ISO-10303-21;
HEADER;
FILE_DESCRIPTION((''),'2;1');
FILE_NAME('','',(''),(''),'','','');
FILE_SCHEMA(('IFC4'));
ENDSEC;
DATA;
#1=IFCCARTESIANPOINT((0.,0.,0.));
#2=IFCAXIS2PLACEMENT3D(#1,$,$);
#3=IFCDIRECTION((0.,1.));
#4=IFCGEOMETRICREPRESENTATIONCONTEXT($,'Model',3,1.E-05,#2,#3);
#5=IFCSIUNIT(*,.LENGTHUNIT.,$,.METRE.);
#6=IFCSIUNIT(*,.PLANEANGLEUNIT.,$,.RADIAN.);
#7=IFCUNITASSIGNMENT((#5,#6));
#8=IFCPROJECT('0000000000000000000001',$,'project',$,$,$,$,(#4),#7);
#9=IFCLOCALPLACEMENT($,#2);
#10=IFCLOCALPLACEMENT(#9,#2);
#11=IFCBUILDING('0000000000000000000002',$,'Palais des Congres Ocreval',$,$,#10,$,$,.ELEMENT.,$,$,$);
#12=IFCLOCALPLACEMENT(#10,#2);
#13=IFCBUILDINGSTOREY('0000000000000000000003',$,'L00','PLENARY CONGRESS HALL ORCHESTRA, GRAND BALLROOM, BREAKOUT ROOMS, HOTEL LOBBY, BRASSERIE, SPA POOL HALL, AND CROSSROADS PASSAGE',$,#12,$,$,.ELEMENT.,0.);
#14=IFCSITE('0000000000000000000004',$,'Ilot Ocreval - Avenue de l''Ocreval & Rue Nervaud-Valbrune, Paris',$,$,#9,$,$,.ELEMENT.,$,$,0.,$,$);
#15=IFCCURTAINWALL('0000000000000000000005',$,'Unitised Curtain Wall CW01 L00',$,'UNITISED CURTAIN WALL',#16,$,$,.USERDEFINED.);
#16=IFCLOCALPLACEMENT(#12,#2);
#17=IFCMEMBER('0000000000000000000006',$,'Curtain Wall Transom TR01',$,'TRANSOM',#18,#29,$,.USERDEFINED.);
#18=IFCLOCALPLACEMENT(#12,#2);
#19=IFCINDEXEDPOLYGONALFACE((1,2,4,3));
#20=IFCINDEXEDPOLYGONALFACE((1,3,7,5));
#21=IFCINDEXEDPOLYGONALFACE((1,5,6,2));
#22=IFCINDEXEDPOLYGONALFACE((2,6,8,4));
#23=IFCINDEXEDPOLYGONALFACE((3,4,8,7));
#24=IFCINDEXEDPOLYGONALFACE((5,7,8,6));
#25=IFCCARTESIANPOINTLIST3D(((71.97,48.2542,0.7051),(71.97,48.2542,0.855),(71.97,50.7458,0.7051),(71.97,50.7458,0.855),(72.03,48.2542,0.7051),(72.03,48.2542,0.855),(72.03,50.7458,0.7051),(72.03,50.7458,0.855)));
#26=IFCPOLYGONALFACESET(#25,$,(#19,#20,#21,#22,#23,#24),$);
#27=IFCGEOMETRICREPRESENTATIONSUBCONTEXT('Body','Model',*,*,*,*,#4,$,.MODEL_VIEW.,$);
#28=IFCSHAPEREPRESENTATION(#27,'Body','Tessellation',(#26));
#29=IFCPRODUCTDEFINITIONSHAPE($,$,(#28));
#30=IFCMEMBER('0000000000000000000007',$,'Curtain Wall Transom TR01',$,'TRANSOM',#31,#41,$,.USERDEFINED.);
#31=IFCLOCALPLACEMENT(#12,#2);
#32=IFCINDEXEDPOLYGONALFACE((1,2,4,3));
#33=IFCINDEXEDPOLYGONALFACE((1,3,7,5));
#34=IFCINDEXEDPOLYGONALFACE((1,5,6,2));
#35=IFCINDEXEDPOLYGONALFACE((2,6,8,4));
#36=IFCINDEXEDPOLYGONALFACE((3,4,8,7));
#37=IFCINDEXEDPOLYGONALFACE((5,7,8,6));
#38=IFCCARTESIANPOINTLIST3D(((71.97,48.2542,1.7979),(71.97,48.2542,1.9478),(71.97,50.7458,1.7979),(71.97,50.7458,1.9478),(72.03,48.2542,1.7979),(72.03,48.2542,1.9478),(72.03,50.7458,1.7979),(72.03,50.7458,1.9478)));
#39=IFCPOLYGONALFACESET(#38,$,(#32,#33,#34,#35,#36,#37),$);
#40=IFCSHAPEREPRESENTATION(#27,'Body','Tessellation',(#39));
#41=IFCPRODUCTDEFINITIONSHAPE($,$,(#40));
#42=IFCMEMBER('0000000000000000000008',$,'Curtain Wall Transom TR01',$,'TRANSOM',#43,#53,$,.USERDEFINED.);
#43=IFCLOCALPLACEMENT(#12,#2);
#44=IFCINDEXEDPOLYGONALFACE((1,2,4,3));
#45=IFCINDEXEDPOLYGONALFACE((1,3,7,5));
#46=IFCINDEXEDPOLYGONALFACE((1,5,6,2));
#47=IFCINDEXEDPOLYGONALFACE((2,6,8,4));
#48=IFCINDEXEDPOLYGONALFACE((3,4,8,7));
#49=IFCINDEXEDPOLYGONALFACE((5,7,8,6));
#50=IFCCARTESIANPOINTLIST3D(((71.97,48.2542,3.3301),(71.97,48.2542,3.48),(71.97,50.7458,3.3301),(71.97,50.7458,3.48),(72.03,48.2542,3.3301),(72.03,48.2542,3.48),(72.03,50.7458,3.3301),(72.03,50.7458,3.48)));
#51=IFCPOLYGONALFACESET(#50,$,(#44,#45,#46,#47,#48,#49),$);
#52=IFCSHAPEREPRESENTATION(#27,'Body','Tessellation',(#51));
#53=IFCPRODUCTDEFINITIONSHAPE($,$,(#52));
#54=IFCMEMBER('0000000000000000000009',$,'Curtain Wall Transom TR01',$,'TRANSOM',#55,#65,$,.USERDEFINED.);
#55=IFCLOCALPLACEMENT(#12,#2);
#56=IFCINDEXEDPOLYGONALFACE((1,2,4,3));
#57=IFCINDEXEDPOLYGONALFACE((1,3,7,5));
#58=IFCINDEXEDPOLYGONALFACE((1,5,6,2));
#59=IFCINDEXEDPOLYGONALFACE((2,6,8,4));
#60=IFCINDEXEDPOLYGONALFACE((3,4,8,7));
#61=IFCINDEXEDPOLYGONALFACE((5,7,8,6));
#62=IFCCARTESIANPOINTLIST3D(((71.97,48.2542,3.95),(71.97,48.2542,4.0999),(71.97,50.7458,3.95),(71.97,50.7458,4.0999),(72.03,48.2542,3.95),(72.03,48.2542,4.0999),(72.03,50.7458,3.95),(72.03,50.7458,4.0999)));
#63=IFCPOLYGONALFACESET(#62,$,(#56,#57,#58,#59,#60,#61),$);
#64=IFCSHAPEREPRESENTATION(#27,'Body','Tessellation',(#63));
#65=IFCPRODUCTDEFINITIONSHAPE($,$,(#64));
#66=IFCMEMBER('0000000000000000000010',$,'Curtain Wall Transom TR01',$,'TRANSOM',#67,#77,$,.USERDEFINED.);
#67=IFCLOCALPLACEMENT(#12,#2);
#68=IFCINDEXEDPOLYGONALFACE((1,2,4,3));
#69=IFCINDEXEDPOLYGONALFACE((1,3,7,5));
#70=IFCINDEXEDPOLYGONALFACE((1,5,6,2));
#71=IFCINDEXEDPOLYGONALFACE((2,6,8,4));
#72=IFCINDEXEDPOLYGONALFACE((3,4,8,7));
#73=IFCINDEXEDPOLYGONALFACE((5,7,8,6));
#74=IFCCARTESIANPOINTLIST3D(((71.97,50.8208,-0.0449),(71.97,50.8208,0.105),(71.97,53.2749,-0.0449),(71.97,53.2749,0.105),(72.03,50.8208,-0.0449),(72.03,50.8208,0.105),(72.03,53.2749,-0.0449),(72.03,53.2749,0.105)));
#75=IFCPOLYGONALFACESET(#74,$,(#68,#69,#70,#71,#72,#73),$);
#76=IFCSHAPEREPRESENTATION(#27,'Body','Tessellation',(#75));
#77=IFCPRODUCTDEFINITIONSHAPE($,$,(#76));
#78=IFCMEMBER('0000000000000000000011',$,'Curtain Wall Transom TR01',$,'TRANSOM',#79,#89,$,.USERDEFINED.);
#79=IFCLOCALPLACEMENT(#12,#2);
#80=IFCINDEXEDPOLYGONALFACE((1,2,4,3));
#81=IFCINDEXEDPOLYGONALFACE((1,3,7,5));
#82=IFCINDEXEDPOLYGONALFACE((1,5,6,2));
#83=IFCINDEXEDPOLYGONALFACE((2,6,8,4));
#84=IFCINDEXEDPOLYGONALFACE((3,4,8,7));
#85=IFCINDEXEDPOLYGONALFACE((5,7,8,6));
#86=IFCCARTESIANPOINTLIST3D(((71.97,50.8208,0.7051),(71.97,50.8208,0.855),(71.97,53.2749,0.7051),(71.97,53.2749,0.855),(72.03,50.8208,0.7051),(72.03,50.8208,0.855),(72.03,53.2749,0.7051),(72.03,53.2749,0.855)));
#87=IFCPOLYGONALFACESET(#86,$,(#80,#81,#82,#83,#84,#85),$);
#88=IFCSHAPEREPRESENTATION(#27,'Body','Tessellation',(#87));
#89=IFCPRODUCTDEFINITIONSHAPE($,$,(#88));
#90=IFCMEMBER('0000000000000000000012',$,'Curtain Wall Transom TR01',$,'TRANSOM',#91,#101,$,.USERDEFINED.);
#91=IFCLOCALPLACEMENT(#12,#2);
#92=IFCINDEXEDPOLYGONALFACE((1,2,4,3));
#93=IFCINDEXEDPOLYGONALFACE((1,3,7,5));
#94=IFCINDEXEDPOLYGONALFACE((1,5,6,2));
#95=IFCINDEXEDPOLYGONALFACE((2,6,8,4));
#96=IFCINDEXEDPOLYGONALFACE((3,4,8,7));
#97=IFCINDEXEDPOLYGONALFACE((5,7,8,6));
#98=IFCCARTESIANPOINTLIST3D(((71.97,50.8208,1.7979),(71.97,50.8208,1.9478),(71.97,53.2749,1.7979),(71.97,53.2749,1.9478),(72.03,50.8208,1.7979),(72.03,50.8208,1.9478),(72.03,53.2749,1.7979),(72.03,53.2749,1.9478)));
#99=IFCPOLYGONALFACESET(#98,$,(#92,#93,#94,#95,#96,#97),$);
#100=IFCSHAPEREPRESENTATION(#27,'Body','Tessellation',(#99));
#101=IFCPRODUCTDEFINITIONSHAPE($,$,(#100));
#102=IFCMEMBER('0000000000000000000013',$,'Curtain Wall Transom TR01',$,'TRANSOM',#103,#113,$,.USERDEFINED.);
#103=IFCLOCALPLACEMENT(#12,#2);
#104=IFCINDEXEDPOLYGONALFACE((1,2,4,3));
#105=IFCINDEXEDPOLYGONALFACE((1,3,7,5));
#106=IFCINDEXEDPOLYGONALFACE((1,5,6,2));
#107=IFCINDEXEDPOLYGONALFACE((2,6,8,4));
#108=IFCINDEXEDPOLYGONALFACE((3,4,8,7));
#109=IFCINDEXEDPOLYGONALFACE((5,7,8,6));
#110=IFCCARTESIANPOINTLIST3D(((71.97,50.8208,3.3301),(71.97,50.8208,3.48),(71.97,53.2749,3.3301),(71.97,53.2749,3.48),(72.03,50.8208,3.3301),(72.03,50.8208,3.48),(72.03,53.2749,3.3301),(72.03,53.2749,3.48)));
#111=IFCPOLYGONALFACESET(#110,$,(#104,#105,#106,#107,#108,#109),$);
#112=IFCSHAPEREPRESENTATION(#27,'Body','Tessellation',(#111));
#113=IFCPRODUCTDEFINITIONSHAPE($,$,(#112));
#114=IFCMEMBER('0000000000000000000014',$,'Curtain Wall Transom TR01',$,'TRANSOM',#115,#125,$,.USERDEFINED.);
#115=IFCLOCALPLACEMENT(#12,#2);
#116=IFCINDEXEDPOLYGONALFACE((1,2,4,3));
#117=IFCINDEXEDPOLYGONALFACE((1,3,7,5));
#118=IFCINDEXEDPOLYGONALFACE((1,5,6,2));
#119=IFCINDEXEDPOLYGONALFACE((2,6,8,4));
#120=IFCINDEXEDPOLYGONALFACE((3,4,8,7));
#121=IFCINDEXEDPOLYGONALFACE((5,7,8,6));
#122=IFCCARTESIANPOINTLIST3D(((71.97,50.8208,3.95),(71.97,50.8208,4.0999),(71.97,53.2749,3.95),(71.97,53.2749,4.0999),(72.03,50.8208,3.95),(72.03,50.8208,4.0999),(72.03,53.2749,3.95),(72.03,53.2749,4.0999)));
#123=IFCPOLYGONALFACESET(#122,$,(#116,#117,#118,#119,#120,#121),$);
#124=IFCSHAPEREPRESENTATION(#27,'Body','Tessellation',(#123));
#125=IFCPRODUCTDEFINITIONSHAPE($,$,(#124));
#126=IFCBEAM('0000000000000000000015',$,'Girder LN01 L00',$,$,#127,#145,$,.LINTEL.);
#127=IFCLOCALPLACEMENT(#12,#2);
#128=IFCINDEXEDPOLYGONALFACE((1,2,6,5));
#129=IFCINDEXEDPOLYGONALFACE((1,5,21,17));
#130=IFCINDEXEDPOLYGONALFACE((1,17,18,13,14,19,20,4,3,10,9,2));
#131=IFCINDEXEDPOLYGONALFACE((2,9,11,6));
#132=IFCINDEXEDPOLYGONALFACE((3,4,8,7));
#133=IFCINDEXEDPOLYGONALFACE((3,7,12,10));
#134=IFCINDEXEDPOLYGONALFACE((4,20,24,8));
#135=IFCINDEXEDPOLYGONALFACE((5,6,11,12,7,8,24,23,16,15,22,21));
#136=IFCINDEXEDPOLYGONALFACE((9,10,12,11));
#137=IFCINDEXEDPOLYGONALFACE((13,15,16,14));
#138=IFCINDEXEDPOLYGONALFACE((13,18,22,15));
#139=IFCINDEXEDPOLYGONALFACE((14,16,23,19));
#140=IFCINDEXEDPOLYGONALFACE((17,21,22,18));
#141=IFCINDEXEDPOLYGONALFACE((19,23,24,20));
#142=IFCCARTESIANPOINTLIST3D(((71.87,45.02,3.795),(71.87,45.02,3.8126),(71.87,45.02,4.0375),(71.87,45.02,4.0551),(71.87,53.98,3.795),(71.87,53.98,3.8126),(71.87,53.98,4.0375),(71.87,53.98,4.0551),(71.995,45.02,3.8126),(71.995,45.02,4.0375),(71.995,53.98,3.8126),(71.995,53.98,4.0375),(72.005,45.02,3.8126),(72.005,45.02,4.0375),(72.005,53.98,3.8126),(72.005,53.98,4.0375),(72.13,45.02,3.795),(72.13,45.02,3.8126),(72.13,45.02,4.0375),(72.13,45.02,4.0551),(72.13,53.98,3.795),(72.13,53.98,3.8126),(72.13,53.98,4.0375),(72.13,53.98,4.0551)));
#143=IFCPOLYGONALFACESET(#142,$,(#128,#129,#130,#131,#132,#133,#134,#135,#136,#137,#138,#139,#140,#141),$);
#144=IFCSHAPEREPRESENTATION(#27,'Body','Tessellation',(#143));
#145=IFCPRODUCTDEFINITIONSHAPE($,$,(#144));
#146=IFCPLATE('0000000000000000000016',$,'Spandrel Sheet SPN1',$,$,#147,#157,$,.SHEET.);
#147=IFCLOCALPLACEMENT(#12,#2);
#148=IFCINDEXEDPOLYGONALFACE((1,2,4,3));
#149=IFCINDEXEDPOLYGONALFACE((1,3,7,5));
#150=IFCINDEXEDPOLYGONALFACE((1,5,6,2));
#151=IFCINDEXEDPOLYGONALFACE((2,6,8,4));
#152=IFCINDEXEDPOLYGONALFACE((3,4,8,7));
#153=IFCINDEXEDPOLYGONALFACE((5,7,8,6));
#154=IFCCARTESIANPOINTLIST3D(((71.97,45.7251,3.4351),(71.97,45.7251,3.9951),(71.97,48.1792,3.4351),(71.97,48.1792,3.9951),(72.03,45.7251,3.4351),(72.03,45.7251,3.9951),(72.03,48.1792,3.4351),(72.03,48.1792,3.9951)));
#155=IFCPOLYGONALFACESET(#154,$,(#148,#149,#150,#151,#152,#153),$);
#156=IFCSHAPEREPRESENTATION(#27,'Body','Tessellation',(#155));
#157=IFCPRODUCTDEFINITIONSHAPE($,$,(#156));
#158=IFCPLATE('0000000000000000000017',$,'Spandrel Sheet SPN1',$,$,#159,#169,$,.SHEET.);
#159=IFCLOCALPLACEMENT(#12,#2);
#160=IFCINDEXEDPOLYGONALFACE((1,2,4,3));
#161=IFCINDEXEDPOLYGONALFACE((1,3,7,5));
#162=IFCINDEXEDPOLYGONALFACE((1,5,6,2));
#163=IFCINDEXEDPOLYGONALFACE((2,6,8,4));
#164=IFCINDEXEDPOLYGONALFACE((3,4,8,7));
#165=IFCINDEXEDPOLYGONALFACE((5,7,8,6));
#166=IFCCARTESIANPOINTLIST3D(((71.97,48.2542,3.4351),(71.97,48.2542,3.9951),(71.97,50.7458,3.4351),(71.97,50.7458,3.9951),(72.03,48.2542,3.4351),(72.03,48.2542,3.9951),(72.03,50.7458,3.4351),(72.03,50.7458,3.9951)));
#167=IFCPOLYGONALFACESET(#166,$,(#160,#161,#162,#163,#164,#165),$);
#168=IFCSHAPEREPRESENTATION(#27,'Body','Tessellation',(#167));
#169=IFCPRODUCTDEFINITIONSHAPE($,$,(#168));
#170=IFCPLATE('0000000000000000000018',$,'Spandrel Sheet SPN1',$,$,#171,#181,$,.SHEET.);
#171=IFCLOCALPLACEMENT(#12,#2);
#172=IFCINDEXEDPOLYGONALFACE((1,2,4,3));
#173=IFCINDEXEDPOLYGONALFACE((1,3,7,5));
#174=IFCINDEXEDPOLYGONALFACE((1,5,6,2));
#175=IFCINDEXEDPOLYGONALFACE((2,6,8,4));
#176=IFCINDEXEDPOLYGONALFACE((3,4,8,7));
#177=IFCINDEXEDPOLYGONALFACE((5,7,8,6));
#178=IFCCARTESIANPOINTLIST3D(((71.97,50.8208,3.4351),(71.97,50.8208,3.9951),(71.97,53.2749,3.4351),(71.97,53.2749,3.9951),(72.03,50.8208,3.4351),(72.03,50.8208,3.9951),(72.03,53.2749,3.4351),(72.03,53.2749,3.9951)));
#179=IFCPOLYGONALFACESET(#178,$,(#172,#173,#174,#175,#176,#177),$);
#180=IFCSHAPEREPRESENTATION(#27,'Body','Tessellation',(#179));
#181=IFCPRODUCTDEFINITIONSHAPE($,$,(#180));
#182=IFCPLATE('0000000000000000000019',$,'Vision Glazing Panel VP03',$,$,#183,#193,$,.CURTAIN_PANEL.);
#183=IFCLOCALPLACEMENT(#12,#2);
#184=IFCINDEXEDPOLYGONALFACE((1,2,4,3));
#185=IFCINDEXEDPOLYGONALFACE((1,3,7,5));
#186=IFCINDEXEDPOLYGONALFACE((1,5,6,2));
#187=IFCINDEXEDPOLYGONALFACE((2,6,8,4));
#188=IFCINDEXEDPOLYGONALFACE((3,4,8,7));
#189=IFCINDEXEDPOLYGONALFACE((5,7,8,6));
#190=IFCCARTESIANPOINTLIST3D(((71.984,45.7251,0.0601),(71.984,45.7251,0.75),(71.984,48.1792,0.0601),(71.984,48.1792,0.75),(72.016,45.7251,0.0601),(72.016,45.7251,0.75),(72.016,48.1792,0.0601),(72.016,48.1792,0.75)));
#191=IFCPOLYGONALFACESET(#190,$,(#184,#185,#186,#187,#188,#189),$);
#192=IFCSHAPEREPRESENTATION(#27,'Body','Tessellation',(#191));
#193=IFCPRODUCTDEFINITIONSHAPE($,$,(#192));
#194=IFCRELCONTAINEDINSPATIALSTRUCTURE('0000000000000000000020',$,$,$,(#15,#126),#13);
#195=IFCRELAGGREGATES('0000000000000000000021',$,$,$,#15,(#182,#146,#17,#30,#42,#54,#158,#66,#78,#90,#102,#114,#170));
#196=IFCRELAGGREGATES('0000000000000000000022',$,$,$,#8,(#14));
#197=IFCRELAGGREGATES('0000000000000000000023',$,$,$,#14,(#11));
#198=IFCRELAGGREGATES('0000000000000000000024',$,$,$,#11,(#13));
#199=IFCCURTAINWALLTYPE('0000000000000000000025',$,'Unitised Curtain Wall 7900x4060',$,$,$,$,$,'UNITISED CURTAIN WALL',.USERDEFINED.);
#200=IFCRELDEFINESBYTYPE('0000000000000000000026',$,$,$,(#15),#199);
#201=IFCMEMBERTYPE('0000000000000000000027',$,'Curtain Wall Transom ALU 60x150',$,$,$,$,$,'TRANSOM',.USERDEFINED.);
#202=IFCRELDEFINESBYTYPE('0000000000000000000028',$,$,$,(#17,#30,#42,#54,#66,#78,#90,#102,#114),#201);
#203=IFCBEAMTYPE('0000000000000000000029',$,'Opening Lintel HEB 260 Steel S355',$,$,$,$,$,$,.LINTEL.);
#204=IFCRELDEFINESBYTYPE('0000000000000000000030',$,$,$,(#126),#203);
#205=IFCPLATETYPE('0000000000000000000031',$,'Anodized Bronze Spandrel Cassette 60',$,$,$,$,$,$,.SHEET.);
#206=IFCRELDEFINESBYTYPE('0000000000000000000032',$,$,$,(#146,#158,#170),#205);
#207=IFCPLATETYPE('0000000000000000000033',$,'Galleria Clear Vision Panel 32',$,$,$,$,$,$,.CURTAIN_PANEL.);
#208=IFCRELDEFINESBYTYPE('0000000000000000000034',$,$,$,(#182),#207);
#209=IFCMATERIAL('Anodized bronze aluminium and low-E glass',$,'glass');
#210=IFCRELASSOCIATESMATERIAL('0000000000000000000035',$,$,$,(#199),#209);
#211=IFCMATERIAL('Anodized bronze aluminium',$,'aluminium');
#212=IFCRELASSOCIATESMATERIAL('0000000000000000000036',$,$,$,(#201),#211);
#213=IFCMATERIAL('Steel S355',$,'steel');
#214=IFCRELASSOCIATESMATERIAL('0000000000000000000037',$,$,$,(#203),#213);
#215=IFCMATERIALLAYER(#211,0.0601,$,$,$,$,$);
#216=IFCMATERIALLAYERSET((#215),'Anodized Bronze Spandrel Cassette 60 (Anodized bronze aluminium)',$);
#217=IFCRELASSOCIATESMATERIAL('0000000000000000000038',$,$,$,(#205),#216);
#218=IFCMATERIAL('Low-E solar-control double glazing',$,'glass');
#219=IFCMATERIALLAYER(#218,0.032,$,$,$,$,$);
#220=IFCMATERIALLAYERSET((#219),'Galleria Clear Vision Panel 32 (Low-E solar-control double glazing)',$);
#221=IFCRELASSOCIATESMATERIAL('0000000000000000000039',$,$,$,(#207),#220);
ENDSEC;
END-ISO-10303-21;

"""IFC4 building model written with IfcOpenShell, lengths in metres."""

from ifc_helpers import new_model, si_unit, direction, frame, origin, origin_2d, place, context, subcontext, project, spatial, rectangle, i_section, extrude, material, layer, layer_set, material_profile, profile_set, type_object, element, aggregate, save


model = new_model("IFC4")

# Units and contexts
model_context = context("Model", 3, precision=1e-05, world=origin(), true_north=direction((0.0, 1.0)))
body_context = subcontext(model_context, "Body", "Model", "MODEL_VIEW")
ifc_project = project(units=[si_unit("LENGTHUNIT", "METRE"), si_unit("PLANEANGLEUNIT", "RADIAN")], contexts=[model_context])

# Site, building, storey
site_placement = place(None, origin())
site = spatial("IfcSite", under=ifc_project, at=site_placement, Name="Ilot Ocreval - Avenue de l'Ocreval & Rue Nervaud-Valbrune, Paris", CompositionType="ELEMENT", RefElevation=0.0)
building_placement = place(site_placement, origin())
building = spatial("IfcBuilding", under=site, at=building_placement, Name="Palais des Congres Ocreval", CompositionType="ELEMENT")
storey_placement = place(building_placement, origin())
storey = spatial("IfcBuildingStorey", under=building, at=storey_placement, Name="L00", Description="PLENARY CONGRESS HALL ORCHESTRA, GRAND BALLROOM, BREAKOUT ROOMS, HOTEL LOBBY, BRASSERIE, SPA POOL HALL, AND CROSSROADS PASSAGE", CompositionType="ELEMENT", Elevation=0.0)

# Shared definitions
ifc_material_1 = material(Name="Steel S355", Category="steel")

# Curtain wall, members
ifc_material_2 = material(Name="Anodized bronze aluminium and low-E glass", Category="glass")
curtain_wall_type = type_object("IfcCurtainWallType", Name="Unitised Curtain Wall 7900x4060", ElementType="UNITISED CURTAIN WALL", PredefinedType="USERDEFINED", material=ifc_material_2)
curtain_wall_placement = place(storey_placement, origin())
curtain_wall = element("IfcCurtainWall", 1, at=curtain_wall_placement, inside=storey, type_object=curtain_wall_type, Name="Unitised Curtain Wall CW01 L00", ObjectType="UNITISED CURTAIN WALL", PredefinedType="USERDEFINED")
ifc_material_3 = material(Name="Anodized bronze aluminium", Category="aluminium")
ifc_material_profile_1 = material_profile(ifc_material_3, rectangle(XDim=0.0601, YDim=0.1499, at=origin_2d()), Name="ALU 60x150")
ifc_profile_set_1 = profile_set([ifc_material_profile_1], Name="Anodized bronze aluminium")
member_type_1 = type_object("IfcMemberType", Name="Curtain Wall Transom ALU 60x150", ElementType="TRANSOM", PredefinedType="USERDEFINED", material=ifc_profile_set_1)
member_1_placement = place(storey_placement, frame((72.0, 48.2542, 0.78), z_axis=(0.0, 1.0, 0.0), x_axis=(-1.0, 0.0, 0.0)))
member_1 = element("IfcMember", 2, at=member_1_placement, type_object=member_type_1, Name="Curtain Wall Transom TR01", ObjectType="TRANSOM", PredefinedType="USERDEFINED", context=body_context, shape_type="SweptSolid", body=[
    extrude(rectangle(XDim=0.0601, YDim=0.1499, at=origin_2d()), origin(), (0.0, 0.0, 1.0), 2.4917),
])
member_2_placement = place(storey_placement, frame((72.0, 48.2542, 1.8728), z_axis=(0.0, 1.0, 0.0), x_axis=(-1.0, 0.0, 0.0)))
member_2 = element("IfcMember", 3, at=member_2_placement, type_object=member_type_1, Name="Curtain Wall Transom TR01", ObjectType="TRANSOM", PredefinedType="USERDEFINED", context=body_context, shape_type="SweptSolid", body=[
    extrude(rectangle(XDim=0.0601, YDim=0.1499, at=origin_2d()), origin(), (0.0, 0.0, 1.0), 2.4917),
])
member_3_placement = place(storey_placement, frame((72.0, 48.2542, 3.405), z_axis=(0.0, 1.0, 0.0), x_axis=(-1.0, 0.0, 0.0)))
member_3 = element("IfcMember", 4, at=member_3_placement, type_object=member_type_1, Name="Curtain Wall Transom TR01", ObjectType="TRANSOM", PredefinedType="USERDEFINED", context=body_context, shape_type="SweptSolid", body=[
    extrude(rectangle(XDim=0.0601, YDim=0.1499, at=origin_2d()), origin(), (0.0, 0.0, 1.0), 2.4917),
])
member_4_placement = place(storey_placement, frame((72.0, 48.2542, 4.0249), z_axis=(0.0, 1.0, 0.0), x_axis=(-1.0, 0.0, 0.0)))
member_4 = element("IfcMember", 5, at=member_4_placement, type_object=member_type_1, Name="Curtain Wall Transom TR01", ObjectType="TRANSOM", PredefinedType="USERDEFINED", context=body_context, shape_type="SweptSolid", body=[
    extrude(rectangle(XDim=0.0601, YDim=0.1499, at=origin_2d()), origin(), (0.0, 0.0, 1.0), 2.4917),
])
member_5_placement = place(storey_placement, frame((72.0, 50.8208, 0.03), z_axis=(0.0, 1.0, 0.0), x_axis=(-1.0, 0.0, 0.0)))
member_5 = element("IfcMember", 6, at=member_5_placement, type_object=member_type_1, Name="Curtain Wall Transom TR01", ObjectType="TRANSOM", PredefinedType="USERDEFINED", context=body_context, shape_type="SweptSolid", body=[
    extrude(rectangle(XDim=0.0601, YDim=0.1499, at=origin_2d()), origin(), (0.0, 0.0, 1.0), 2.4541),
])
member_6_placement = place(storey_placement, frame((72.0, 50.8208, 0.78), z_axis=(0.0, 1.0, 0.0), x_axis=(-1.0, 0.0, 0.0)))
member_6 = element("IfcMember", 7, at=member_6_placement, type_object=member_type_1, Name="Curtain Wall Transom TR01", ObjectType="TRANSOM", PredefinedType="USERDEFINED", context=body_context, shape_type="SweptSolid", body=[
    extrude(rectangle(XDim=0.0601, YDim=0.1499, at=origin_2d()), origin(), (0.0, 0.0, 1.0), 2.4541),
])
member_7_placement = place(storey_placement, frame((72.0, 50.8208, 1.8728), z_axis=(0.0, 1.0, 0.0), x_axis=(-1.0, 0.0, 0.0)))
member_7 = element("IfcMember", 8, at=member_7_placement, type_object=member_type_1, Name="Curtain Wall Transom TR01", ObjectType="TRANSOM", PredefinedType="USERDEFINED", context=body_context, shape_type="SweptSolid", body=[
    extrude(rectangle(XDim=0.0601, YDim=0.1499, at=origin_2d()), origin(), (0.0, 0.0, 1.0), 2.4541),
])
member_8_placement = place(storey_placement, frame((72.0, 50.8208, 3.405), z_axis=(0.0, 1.0, 0.0), x_axis=(-1.0, 0.0, 0.0)))
member_8 = element("IfcMember", 9, at=member_8_placement, type_object=member_type_1, Name="Curtain Wall Transom TR01", ObjectType="TRANSOM", PredefinedType="USERDEFINED", context=body_context, shape_type="SweptSolid", body=[
    extrude(rectangle(XDim=0.0601, YDim=0.1499, at=origin_2d()), origin(), (0.0, 0.0, 1.0), 2.4541),
])
member_9_placement = place(storey_placement, frame((72.0, 50.8208, 4.0249), z_axis=(0.0, 1.0, 0.0), x_axis=(-1.0, 0.0, 0.0)))
member_9 = element("IfcMember", 10, at=member_9_placement, type_object=member_type_1, Name="Curtain Wall Transom TR01", ObjectType="TRANSOM", PredefinedType="USERDEFINED", context=body_context, shape_type="SweptSolid", body=[
    extrude(rectangle(XDim=0.0601, YDim=0.1499, at=origin_2d()), origin(), (0.0, 0.0, 1.0), 2.4541),
])

# Beam
ifc_material_profile_2 = material_profile(ifc_material_1, i_section(OverallWidth=0.26, OverallDepth=0.26, WebThickness=0.01, FlangeThickness=0.0176, at=origin_2d()), Name="HEB 260")
ifc_profile_set_2 = profile_set([ifc_material_profile_2], Name="Steel S355")
beam_type = type_object("IfcBeamType", Name="Opening Lintel HEB 260 Steel S355", PredefinedType="LINTEL", material=ifc_profile_set_2)
beam_placement = place(storey_placement, frame((72.0, 45.02, 3.925), z_axis=(0.0, 1.0, 0.0), x_axis=(-1.0, 0.0, 0.0)))
element("IfcBeam", 11, at=beam_placement, inside=storey, type_object=beam_type, Name="Girder LN01 L00", PredefinedType="LINTEL", context=body_context, shape_type="SweptSolid", body=[
    extrude(i_section(OverallWidth=0.26, OverallDepth=0.26, WebThickness=0.01, FlangeThickness=0.0176, at=origin_2d()), origin(), (0.0, 0.0, 1.0), 8.96),
])

# Plates
ifc_layer_1 = layer(ifc_material_3, 0.0601)
ifc_layer_set_1 = layer_set([ifc_layer_1], Name="Anodized Bronze Spandrel Cassette 60 (Anodized bronze aluminium)")
plate_type_1 = type_object("IfcPlateType", Name="Anodized Bronze Spandrel Cassette 60", PredefinedType="SHEET", material=ifc_layer_set_1)
plate_1_placement = place(storey_placement, frame((72.0, 46.9521, 3.4351), z_axis=(0.0, 0.0, 1.0), x_axis=(0.0, 1.0, 0.0)))
plate_1 = element("IfcPlate", 12, at=plate_1_placement, type_object=plate_type_1, Name="Spandrel Sheet SPN1", PredefinedType="SHEET", context=body_context, shape_type="SweptSolid", body=[
    extrude(rectangle(XDim=2.4541, YDim=0.0601, at=origin_2d()), origin(), (0.0, 0.0, 1.0), 0.5601),
])
plate_2_placement = place(storey_placement, frame((72.0, 49.5, 3.4351), z_axis=(0.0, 0.0, 1.0), x_axis=(0.0, 1.0, 0.0)))
plate_2 = element("IfcPlate", 13, at=plate_2_placement, type_object=plate_type_1, Name="Spandrel Sheet SPN1", PredefinedType="SHEET", context=body_context, shape_type="SweptSolid", body=[
    extrude(rectangle(XDim=2.4917, YDim=0.0601, at=origin_2d()), origin(), (0.0, 0.0, 1.0), 0.5601),
])
plate_3_placement = place(storey_placement, frame((72.0, 52.0479, 3.4351), z_axis=(0.0, 0.0, 1.0), x_axis=(0.0, 1.0, 0.0)))
plate_3 = element("IfcPlate", 14, at=plate_3_placement, type_object=plate_type_1, Name="Spandrel Sheet SPN1", PredefinedType="SHEET", context=body_context, shape_type="SweptSolid", body=[
    extrude(rectangle(XDim=2.4541, YDim=0.0601, at=origin_2d()), origin(), (0.0, 0.0, 1.0), 0.5601),
])
ifc_material_4 = material(Name="Low-E solar-control double glazing", Category="glass")
ifc_layer_2 = layer(ifc_material_4, 0.032)
ifc_layer_set_2 = layer_set([ifc_layer_2], Name="Galleria Clear Vision Panel 32 (Low-E solar-control double glazing)")
plate_type_2 = type_object("IfcPlateType", Name="Galleria Clear Vision Panel 32", PredefinedType="CURTAIN_PANEL", material=ifc_layer_set_2)
plate_4_placement = place(storey_placement, frame((72.0, 46.9521, 0.0601), z_axis=(0.0, 0.0, 1.0), x_axis=(0.0, 1.0, 0.0)))
plate_4 = element("IfcPlate", 15, at=plate_4_placement, type_object=plate_type_2, Name="Vision Glazing Panel VP03", PredefinedType="CURTAIN_PANEL", context=body_context, shape_type="SweptSolid", body=[
    extrude(rectangle(XDim=2.4541, YDim=0.032, at=origin_2d()), origin(), (0.0, 0.0, 1.0), 0.6899),
])
aggregate(curtain_wall, [plate_4, plate_1, member_1, member_2, member_3, member_4, plate_2, member_5, member_6, member_7, member_8, member_9, plate_3])

save(model, "model.ifc")
